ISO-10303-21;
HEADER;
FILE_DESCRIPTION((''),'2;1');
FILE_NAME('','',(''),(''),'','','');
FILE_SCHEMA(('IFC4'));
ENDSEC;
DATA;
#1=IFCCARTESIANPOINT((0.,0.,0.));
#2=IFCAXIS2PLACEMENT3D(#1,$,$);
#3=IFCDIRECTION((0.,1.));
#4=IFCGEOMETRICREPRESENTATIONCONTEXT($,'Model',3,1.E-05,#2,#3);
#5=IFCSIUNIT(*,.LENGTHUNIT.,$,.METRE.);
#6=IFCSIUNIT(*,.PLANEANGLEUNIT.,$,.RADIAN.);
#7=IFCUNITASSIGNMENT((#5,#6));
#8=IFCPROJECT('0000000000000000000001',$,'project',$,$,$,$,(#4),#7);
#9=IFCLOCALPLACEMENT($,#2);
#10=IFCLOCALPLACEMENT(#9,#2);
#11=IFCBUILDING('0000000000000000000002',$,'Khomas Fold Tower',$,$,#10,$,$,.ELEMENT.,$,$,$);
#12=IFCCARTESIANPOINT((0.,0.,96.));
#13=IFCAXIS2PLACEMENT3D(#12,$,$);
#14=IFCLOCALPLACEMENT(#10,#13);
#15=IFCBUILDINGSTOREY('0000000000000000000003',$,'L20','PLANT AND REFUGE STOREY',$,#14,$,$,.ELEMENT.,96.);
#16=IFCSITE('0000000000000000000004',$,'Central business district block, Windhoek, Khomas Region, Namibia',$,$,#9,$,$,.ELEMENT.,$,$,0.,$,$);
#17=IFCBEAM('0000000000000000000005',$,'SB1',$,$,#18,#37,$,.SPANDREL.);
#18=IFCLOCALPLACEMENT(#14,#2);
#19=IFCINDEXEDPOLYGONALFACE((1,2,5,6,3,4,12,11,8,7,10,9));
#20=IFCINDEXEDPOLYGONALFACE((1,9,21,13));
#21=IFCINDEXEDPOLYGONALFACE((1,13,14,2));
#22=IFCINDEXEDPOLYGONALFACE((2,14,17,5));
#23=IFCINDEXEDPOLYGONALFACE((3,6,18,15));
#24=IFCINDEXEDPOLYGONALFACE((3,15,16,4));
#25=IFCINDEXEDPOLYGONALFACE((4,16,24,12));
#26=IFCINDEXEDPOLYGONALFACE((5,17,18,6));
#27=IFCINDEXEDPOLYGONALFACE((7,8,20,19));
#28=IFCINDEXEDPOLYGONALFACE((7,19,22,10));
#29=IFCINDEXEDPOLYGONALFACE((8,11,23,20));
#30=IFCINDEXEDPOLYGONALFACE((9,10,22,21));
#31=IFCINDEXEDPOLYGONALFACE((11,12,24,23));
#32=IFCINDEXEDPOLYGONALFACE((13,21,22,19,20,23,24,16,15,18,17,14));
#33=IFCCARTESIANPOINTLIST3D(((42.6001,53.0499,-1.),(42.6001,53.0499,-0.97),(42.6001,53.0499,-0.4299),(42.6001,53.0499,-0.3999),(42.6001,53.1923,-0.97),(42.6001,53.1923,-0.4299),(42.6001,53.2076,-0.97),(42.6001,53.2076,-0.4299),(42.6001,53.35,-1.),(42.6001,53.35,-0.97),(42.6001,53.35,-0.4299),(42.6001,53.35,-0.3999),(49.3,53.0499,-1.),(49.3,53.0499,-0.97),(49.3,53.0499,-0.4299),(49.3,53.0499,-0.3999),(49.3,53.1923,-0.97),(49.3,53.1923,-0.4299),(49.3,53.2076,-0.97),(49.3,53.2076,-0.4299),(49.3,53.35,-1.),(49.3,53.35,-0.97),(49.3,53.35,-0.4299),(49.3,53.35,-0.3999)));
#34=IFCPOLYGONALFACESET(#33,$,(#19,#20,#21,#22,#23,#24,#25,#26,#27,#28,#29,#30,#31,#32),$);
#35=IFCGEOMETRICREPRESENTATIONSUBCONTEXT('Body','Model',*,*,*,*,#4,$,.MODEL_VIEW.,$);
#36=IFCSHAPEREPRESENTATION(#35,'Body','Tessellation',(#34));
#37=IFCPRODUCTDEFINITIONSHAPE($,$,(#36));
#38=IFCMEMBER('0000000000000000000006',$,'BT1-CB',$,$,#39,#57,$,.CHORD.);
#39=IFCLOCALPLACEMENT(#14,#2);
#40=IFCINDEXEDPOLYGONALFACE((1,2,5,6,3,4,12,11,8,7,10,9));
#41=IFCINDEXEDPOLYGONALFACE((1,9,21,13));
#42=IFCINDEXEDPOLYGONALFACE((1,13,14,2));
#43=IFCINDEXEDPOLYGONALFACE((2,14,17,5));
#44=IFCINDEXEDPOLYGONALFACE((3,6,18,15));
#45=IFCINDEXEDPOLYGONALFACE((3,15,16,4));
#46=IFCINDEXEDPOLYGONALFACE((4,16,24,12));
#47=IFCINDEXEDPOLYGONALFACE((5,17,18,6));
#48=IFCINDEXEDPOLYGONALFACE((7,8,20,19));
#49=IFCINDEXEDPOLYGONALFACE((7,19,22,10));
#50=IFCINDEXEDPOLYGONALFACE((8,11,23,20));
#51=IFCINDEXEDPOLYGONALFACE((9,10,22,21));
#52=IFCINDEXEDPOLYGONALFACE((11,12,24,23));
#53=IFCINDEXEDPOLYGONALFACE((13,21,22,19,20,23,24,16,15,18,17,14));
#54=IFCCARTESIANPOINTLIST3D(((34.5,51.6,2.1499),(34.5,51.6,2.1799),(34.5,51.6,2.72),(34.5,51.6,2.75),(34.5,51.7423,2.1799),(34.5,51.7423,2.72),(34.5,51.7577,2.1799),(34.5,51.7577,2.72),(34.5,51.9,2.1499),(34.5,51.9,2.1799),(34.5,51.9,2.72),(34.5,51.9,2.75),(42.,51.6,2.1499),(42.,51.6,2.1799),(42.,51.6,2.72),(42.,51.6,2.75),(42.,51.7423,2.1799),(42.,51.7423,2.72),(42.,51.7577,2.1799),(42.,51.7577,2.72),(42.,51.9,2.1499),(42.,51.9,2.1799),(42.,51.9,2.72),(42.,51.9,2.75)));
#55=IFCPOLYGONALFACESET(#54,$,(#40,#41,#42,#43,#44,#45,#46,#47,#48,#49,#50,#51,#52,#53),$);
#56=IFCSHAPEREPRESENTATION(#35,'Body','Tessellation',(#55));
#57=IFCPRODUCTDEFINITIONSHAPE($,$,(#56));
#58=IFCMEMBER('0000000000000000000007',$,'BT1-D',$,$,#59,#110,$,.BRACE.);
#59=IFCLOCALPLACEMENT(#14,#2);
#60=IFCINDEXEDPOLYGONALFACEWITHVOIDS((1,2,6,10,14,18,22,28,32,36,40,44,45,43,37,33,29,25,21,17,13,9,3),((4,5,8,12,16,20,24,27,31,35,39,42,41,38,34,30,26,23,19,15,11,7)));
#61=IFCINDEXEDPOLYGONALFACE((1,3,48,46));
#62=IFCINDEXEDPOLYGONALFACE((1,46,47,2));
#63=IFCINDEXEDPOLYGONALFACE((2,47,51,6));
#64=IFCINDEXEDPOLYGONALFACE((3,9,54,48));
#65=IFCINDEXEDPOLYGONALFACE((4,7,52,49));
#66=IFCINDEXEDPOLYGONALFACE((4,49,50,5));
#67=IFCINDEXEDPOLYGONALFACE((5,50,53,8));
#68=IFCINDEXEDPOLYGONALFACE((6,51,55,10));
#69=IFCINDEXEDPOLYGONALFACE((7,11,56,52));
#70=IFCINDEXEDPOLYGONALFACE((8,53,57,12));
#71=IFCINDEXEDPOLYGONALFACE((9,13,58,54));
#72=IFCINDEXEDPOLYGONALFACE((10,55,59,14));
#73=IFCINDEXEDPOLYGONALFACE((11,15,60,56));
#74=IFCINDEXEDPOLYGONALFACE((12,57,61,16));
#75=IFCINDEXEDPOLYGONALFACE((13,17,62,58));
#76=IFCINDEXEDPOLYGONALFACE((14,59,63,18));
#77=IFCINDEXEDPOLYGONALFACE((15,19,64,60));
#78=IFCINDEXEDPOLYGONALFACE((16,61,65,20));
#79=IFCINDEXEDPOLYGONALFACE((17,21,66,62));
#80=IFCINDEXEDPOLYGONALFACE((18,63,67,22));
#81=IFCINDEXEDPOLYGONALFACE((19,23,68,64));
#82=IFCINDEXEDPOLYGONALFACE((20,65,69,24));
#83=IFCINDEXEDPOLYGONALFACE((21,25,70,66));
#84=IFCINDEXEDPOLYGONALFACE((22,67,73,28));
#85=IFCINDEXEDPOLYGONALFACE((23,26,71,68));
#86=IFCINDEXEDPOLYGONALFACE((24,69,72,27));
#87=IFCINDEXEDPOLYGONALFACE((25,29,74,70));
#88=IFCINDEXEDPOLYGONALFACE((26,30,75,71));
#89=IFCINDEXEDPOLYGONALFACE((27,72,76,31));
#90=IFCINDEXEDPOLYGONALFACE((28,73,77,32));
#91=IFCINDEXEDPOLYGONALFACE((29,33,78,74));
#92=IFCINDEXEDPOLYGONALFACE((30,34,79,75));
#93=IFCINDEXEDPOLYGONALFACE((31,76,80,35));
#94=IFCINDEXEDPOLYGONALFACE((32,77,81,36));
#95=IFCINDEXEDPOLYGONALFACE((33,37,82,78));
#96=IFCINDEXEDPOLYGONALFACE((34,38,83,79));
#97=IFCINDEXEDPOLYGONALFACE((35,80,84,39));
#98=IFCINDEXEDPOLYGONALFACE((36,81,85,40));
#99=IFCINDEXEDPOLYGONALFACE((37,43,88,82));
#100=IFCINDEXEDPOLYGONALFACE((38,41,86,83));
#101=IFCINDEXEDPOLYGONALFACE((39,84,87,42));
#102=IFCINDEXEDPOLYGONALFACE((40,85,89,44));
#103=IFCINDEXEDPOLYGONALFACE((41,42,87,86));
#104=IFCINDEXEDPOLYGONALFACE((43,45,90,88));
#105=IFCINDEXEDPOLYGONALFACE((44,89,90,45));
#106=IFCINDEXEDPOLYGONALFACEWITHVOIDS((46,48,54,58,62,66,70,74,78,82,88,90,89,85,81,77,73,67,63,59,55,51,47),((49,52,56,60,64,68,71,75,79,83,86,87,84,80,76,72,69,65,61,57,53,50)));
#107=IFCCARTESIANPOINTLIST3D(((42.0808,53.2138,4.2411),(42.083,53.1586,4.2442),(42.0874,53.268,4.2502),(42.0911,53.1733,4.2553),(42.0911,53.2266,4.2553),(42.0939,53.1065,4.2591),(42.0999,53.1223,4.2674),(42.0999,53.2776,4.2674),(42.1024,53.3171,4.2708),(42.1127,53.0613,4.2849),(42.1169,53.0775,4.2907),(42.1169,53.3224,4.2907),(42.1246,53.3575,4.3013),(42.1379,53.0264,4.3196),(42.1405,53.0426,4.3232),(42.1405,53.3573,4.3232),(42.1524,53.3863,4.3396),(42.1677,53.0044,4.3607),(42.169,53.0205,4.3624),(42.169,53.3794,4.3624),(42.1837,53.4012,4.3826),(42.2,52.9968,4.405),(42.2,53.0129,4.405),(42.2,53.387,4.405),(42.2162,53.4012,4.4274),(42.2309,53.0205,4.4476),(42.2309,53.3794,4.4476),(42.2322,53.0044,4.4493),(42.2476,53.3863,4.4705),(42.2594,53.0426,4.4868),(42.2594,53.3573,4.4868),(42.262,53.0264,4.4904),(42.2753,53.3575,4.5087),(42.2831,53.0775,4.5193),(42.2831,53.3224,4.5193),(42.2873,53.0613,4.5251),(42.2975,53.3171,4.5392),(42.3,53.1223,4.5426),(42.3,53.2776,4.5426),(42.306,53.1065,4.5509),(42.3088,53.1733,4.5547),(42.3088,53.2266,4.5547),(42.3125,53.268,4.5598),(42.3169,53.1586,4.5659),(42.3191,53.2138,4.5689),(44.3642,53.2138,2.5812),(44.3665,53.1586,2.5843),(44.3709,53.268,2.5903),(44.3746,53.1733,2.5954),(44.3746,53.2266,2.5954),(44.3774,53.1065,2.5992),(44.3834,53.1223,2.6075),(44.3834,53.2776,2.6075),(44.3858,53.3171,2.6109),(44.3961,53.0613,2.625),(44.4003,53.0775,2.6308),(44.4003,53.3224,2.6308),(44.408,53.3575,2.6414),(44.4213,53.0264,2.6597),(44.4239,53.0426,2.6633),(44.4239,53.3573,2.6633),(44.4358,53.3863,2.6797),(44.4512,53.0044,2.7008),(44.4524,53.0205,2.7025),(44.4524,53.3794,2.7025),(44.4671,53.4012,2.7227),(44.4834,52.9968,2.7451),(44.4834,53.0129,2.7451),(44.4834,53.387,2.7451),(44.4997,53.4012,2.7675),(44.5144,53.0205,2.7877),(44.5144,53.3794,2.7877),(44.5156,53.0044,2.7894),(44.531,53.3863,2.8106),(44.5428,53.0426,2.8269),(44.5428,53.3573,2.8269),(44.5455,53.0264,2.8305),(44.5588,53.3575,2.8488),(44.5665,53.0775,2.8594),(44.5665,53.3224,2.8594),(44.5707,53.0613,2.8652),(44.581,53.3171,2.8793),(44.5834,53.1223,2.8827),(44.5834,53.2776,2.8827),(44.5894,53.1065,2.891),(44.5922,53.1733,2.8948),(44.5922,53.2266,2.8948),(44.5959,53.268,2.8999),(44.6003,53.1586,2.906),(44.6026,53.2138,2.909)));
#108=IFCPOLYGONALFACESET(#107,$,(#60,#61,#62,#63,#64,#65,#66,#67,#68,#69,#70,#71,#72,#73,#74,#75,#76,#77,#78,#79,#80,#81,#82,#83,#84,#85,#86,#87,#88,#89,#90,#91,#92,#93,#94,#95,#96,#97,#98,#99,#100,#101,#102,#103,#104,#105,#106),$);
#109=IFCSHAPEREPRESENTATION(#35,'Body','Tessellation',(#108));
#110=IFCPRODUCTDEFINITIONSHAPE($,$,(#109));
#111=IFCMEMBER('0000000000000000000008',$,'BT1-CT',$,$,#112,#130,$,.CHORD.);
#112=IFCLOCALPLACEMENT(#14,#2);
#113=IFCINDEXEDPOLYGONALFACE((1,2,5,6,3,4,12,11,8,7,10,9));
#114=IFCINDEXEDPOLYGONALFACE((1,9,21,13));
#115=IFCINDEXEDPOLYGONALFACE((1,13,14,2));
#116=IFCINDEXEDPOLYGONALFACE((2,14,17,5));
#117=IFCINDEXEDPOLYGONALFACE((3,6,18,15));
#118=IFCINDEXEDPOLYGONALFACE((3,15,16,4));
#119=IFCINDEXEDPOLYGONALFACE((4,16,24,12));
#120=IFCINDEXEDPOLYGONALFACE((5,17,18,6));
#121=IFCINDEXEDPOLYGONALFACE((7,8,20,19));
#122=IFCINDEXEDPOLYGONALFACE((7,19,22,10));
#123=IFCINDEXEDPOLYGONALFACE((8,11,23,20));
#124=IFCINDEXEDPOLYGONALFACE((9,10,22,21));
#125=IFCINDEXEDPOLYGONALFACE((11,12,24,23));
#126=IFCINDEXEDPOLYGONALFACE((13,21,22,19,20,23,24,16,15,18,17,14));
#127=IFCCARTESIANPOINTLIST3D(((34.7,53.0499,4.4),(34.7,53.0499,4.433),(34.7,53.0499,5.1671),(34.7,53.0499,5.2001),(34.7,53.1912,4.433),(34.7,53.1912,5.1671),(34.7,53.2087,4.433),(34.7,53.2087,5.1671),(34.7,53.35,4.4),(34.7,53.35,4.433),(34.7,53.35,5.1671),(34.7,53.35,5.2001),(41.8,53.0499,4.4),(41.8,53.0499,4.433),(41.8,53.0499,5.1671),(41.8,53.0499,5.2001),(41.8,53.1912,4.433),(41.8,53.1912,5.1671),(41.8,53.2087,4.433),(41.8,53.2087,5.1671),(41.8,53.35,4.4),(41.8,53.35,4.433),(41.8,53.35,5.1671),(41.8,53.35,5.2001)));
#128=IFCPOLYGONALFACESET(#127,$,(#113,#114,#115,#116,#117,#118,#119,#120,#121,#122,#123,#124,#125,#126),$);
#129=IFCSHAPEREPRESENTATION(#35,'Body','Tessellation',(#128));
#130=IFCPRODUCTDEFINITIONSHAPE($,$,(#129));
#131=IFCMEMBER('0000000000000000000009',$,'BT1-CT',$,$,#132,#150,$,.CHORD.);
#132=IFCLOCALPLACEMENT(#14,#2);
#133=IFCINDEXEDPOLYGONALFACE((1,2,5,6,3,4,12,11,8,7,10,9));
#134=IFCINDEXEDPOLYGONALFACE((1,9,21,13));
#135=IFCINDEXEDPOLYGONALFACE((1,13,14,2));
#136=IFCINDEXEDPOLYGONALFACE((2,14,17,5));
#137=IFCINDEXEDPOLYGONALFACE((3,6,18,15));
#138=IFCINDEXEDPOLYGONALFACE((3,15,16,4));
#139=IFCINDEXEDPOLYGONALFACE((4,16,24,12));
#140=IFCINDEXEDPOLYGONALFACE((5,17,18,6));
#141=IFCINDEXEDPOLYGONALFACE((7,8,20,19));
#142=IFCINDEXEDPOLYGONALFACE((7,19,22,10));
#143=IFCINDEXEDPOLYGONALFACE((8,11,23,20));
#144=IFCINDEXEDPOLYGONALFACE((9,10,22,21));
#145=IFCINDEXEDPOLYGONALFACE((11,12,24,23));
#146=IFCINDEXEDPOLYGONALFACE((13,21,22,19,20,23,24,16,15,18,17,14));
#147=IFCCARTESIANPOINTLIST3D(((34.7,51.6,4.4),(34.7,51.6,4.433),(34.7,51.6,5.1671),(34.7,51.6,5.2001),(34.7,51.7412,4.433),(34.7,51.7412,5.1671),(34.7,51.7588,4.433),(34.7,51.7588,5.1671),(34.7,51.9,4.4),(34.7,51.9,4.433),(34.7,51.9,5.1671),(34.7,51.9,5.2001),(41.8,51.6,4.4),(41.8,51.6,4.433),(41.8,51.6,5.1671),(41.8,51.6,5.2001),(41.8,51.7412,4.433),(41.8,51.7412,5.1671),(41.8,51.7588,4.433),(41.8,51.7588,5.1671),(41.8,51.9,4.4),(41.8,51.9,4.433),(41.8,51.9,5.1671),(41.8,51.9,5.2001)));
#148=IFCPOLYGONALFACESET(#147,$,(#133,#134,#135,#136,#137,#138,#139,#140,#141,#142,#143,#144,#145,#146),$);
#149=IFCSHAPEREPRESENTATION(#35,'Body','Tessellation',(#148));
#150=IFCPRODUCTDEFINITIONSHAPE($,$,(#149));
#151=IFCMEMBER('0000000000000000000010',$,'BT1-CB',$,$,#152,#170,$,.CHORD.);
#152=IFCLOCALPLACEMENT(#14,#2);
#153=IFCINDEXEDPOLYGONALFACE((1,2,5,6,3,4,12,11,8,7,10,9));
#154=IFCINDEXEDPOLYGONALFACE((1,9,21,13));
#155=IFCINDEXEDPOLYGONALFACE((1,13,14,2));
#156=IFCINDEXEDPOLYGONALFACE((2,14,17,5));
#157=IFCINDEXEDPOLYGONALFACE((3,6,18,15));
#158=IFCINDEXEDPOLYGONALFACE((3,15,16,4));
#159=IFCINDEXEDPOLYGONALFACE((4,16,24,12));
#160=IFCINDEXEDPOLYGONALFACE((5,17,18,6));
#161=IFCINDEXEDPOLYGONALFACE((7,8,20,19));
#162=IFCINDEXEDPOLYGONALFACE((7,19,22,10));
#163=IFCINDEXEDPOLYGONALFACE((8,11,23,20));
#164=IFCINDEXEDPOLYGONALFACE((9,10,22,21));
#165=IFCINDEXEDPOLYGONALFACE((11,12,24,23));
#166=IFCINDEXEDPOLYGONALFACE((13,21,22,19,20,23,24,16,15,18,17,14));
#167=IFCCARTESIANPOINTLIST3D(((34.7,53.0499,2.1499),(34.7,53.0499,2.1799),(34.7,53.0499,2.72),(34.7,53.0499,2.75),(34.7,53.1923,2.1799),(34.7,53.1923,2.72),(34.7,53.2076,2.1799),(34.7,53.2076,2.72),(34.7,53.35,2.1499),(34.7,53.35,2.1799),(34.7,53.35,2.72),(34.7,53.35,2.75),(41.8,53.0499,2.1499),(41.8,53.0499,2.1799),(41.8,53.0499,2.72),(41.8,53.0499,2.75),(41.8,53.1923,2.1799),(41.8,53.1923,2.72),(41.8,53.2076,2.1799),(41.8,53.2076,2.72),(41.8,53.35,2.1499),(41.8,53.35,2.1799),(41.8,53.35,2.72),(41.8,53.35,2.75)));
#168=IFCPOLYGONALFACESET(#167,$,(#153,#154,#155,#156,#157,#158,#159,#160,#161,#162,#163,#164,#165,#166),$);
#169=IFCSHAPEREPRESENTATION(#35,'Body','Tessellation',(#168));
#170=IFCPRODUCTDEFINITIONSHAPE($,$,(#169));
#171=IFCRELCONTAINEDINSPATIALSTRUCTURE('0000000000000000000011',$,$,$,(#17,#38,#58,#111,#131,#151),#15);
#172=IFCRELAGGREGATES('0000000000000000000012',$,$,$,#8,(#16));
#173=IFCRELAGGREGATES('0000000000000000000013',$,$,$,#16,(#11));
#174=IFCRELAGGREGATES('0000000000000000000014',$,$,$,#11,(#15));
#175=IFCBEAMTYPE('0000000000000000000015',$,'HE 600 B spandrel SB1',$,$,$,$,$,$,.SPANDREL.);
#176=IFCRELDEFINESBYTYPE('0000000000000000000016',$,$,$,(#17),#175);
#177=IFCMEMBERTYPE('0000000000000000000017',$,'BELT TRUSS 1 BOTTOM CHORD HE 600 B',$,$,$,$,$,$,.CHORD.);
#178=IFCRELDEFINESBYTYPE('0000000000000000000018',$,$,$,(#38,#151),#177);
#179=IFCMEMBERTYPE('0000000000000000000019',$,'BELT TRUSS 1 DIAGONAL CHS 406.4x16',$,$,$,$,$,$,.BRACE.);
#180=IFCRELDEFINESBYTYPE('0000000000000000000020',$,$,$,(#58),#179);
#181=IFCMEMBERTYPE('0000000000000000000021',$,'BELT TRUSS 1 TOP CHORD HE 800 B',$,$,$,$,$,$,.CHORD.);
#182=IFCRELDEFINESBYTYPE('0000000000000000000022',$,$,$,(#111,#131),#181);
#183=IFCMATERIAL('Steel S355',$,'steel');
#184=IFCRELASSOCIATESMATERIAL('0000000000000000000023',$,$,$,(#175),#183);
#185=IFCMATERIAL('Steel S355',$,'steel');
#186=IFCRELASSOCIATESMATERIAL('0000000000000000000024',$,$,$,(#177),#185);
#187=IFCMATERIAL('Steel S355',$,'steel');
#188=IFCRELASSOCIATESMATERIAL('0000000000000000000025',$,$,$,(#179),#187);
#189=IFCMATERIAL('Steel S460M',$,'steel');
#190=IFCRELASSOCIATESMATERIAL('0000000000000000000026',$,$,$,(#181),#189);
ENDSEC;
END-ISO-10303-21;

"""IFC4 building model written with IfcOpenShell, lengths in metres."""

from ifc_helpers import new_model, si_unit, direction, frame, origin, origin_2d, place, context, subcontext, project, spatial, hollow_circle, i_section, extrude, source, transform, mapped, material, material_profile, profile_set, type_object, element, save


model = new_model("IFC4")

# Units and contexts
model_context = context("Model", 3, precision=1e-05, world=origin(), true_north=direction((0.0, 1.0)))
body_context = subcontext(model_context, "Body", "Model", "MODEL_VIEW")
ifc_project = project(units=[si_unit("LENGTHUNIT", "METRE"), si_unit("PLANEANGLEUNIT", "RADIAN")], contexts=[model_context])

# Site, building, storey
site_placement = place(None, origin())
site = spatial("IfcSite", under=ifc_project, at=site_placement, Name="Central business district block, Windhoek, Khomas Region, Namibia", CompositionType="ELEMENT", RefElevation=0.0)
building_placement = place(site_placement, origin())
building = spatial("IfcBuilding", under=site, at=building_placement, Name="Khomas Fold Tower", CompositionType="ELEMENT")
storey_placement = place(building_placement, frame((0.0, 0.0, 96.0)))
storey = spatial("IfcBuildingStorey", under=building, at=storey_placement, Name="L20", Description="PLANT AND REFUGE STOREY", CompositionType="ELEMENT", Elevation=96.0)

# Beam
ifc_material_1 = material(Name="Steel S355", Category="steel")
ifc_material_profile_1 = material_profile(ifc_material_1, i_section(OverallWidth=0.3, OverallDepth=0.6001, WebThickness=0.0154, FlangeThickness=0.03, at=origin_2d()), Name="HE 600 B")
ifc_profile_set_1 = profile_set([ifc_material_profile_1], Name="Steel S355")
beam_type_1 = type_object("IfcBeamType", Name="HE 600 B spandrel SB1", PredefinedType="SPANDREL", material=ifc_profile_set_1)
shared_shape_1 = source(origin(), body_context, "Body", "SweptSolid", [
    extrude(i_section(OverallWidth=0.3, OverallDepth=0.6001, WebThickness=0.0154, FlangeThickness=0.03, at=origin_2d()), origin(), (0.0, 0.0, 1.0), 6.7),
])
beam_1_placement = place(storey_placement, frame((42.6001, 53.2, -0.7), z_axis=(1.0, 0.0, 0.0), x_axis=(0.0, 1.0, 0.0)))
element("IfcBeam", 1, at=beam_1_placement, inside=storey, type_object=beam_type_1, Name="SB1", PredefinedType="SPANDREL", context=body_context, shape_type="MappedRepresentation", body=[
    mapped(shared_shape_1, transform((0.0, 0.0, 0.0))),
])

# Members
ifc_material_2 = material(Name="Steel S355", Category="steel")
ifc_material_profile_2 = material_profile(ifc_material_2, i_section(OverallWidth=0.3, OverallDepth=0.6001, WebThickness=0.0154, FlangeThickness=0.03, at=origin_2d()), Name="HE 600 B")
ifc_profile_set_2 = profile_set([ifc_material_profile_2], Name="Steel S355")
member_type_1 = type_object("IfcMemberType", Name="BELT TRUSS 1 BOTTOM CHORD HE 600 B", PredefinedType="CHORD", material=ifc_profile_set_2)
shared_shape_2 = source(origin(), body_context, "Body", "SweptSolid", [
    extrude(i_section(OverallWidth=0.3, OverallDepth=0.6001, WebThickness=0.0154, FlangeThickness=0.03, at=origin_2d()), origin(), (0.0, 0.0, 1.0), 7.5),
])
member_1_placement = place(storey_placement, frame((42.0, 51.75, 2.45), z_axis=(-1.0, 0.0, 0.0), x_axis=(0.0, -1.0, 0.0)))
element("IfcMember", 2, at=member_1_placement, inside=storey, type_object=member_type_1, Name="BT1-CB", PredefinedType="CHORD", context=body_context, shape_type="MappedRepresentation", body=[
    mapped(shared_shape_2, transform((0.0, 0.0, 0.0))),
])
ifc_material_3 = material(Name="Steel S355", Category="steel")
ifc_material_profile_3 = material_profile(ifc_material_3, hollow_circle(Radius=0.2031, WallThickness=0.0161, at=origin_2d()), Name="CHS 406.4x16")
ifc_profile_set_3 = profile_set([ifc_material_profile_3], Name="Steel S355")
member_type_2 = type_object("IfcMemberType", Name="BELT TRUSS 1 DIAGONAL CHS 406.4x16", PredefinedType="BRACE", material=ifc_profile_set_3)
shared_shape_3 = source(origin(), body_context, "Body", "SweptSolid", [
    extrude(hollow_circle(Radius=0.2031, WallThickness=0.0161, at=origin_2d()), origin(), (0.0, 0.0, 1.0), 2.823),
])
member_2_placement = place(storey_placement, frame((44.4834, 53.2, 2.7451), z_axis=(-0.808867, 0.0, 0.587992), x_axis=(0.0, -1.0, 0.0)))
element("IfcMember", 3, at=member_2_placement, inside=storey, type_object=member_type_2, Name="BT1-D", PredefinedType="BRACE", context=body_context, shape_type="MappedRepresentation", body=[
    mapped(shared_shape_3, transform((0.0, 0.0, 0.0))),
])
ifc_material_4 = material(Name="Steel S460M", Category="steel")
ifc_material_profile_4 = material_profile(ifc_material_4, i_section(OverallWidth=0.3, OverallDepth=0.8, WebThickness=0.0176, FlangeThickness=0.033, at=origin_2d()), Name="HE 800 B")
ifc_profile_set_4 = profile_set([ifc_material_profile_4], Name="Steel S460M")
member_type_3 = type_object("IfcMemberType", Name="BELT TRUSS 1 TOP CHORD HE 800 B", PredefinedType="CHORD", material=ifc_profile_set_4)
shared_shape_4 = source(origin(), body_context, "Body", "SweptSolid", [
    extrude(i_section(OverallWidth=0.3, OverallDepth=0.8, WebThickness=0.0176, FlangeThickness=0.033, at=origin_2d()), origin(), (0.0, 0.0, 1.0), 7.1001),
])
for number, where, z_axis, x_axis, name in (
    (4, (41.8, 53.2, 4.8), (-1.0, 0.0, 0.0), (0.0, -1.0, 0.0), "BT1-CT"),
    (5, (41.8, 51.75, 4.8), (-1.0, 0.0, 0.0), (0.0, -1.0, 0.0), "BT1-CT"),
):
    element("IfcMember", number, at=place(storey_placement, frame(where, z_axis=z_axis, x_axis=x_axis)), inside=storey, type_object=member_type_3, Name=name, PredefinedType="CHORD", context=body_context, shape_type="MappedRepresentation", body=[
        mapped(shared_shape_4, transform((0.0, 0.0, 0.0))),
    ])
shared_shape_5 = source(origin(), body_context, "Body", "SweptSolid", [
    extrude(i_section(OverallWidth=0.3, OverallDepth=0.6001, WebThickness=0.0154, FlangeThickness=0.03, at=origin_2d()), origin(), (0.0, 0.0, 1.0), 7.1001),
])
member_3_placement = place(storey_placement, frame((41.8, 53.2, 2.45), z_axis=(-1.0, 0.0, 0.0), x_axis=(0.0, -1.0, 0.0)))
element("IfcMember", 6, at=member_3_placement, inside=storey, type_object=member_type_1, Name="BT1-CB", PredefinedType="CHORD", context=body_context, shape_type="MappedRepresentation", body=[
    mapped(shared_shape_5, transform((0.0, 0.0, 0.0))),
])

save(model, "model.ifc")
